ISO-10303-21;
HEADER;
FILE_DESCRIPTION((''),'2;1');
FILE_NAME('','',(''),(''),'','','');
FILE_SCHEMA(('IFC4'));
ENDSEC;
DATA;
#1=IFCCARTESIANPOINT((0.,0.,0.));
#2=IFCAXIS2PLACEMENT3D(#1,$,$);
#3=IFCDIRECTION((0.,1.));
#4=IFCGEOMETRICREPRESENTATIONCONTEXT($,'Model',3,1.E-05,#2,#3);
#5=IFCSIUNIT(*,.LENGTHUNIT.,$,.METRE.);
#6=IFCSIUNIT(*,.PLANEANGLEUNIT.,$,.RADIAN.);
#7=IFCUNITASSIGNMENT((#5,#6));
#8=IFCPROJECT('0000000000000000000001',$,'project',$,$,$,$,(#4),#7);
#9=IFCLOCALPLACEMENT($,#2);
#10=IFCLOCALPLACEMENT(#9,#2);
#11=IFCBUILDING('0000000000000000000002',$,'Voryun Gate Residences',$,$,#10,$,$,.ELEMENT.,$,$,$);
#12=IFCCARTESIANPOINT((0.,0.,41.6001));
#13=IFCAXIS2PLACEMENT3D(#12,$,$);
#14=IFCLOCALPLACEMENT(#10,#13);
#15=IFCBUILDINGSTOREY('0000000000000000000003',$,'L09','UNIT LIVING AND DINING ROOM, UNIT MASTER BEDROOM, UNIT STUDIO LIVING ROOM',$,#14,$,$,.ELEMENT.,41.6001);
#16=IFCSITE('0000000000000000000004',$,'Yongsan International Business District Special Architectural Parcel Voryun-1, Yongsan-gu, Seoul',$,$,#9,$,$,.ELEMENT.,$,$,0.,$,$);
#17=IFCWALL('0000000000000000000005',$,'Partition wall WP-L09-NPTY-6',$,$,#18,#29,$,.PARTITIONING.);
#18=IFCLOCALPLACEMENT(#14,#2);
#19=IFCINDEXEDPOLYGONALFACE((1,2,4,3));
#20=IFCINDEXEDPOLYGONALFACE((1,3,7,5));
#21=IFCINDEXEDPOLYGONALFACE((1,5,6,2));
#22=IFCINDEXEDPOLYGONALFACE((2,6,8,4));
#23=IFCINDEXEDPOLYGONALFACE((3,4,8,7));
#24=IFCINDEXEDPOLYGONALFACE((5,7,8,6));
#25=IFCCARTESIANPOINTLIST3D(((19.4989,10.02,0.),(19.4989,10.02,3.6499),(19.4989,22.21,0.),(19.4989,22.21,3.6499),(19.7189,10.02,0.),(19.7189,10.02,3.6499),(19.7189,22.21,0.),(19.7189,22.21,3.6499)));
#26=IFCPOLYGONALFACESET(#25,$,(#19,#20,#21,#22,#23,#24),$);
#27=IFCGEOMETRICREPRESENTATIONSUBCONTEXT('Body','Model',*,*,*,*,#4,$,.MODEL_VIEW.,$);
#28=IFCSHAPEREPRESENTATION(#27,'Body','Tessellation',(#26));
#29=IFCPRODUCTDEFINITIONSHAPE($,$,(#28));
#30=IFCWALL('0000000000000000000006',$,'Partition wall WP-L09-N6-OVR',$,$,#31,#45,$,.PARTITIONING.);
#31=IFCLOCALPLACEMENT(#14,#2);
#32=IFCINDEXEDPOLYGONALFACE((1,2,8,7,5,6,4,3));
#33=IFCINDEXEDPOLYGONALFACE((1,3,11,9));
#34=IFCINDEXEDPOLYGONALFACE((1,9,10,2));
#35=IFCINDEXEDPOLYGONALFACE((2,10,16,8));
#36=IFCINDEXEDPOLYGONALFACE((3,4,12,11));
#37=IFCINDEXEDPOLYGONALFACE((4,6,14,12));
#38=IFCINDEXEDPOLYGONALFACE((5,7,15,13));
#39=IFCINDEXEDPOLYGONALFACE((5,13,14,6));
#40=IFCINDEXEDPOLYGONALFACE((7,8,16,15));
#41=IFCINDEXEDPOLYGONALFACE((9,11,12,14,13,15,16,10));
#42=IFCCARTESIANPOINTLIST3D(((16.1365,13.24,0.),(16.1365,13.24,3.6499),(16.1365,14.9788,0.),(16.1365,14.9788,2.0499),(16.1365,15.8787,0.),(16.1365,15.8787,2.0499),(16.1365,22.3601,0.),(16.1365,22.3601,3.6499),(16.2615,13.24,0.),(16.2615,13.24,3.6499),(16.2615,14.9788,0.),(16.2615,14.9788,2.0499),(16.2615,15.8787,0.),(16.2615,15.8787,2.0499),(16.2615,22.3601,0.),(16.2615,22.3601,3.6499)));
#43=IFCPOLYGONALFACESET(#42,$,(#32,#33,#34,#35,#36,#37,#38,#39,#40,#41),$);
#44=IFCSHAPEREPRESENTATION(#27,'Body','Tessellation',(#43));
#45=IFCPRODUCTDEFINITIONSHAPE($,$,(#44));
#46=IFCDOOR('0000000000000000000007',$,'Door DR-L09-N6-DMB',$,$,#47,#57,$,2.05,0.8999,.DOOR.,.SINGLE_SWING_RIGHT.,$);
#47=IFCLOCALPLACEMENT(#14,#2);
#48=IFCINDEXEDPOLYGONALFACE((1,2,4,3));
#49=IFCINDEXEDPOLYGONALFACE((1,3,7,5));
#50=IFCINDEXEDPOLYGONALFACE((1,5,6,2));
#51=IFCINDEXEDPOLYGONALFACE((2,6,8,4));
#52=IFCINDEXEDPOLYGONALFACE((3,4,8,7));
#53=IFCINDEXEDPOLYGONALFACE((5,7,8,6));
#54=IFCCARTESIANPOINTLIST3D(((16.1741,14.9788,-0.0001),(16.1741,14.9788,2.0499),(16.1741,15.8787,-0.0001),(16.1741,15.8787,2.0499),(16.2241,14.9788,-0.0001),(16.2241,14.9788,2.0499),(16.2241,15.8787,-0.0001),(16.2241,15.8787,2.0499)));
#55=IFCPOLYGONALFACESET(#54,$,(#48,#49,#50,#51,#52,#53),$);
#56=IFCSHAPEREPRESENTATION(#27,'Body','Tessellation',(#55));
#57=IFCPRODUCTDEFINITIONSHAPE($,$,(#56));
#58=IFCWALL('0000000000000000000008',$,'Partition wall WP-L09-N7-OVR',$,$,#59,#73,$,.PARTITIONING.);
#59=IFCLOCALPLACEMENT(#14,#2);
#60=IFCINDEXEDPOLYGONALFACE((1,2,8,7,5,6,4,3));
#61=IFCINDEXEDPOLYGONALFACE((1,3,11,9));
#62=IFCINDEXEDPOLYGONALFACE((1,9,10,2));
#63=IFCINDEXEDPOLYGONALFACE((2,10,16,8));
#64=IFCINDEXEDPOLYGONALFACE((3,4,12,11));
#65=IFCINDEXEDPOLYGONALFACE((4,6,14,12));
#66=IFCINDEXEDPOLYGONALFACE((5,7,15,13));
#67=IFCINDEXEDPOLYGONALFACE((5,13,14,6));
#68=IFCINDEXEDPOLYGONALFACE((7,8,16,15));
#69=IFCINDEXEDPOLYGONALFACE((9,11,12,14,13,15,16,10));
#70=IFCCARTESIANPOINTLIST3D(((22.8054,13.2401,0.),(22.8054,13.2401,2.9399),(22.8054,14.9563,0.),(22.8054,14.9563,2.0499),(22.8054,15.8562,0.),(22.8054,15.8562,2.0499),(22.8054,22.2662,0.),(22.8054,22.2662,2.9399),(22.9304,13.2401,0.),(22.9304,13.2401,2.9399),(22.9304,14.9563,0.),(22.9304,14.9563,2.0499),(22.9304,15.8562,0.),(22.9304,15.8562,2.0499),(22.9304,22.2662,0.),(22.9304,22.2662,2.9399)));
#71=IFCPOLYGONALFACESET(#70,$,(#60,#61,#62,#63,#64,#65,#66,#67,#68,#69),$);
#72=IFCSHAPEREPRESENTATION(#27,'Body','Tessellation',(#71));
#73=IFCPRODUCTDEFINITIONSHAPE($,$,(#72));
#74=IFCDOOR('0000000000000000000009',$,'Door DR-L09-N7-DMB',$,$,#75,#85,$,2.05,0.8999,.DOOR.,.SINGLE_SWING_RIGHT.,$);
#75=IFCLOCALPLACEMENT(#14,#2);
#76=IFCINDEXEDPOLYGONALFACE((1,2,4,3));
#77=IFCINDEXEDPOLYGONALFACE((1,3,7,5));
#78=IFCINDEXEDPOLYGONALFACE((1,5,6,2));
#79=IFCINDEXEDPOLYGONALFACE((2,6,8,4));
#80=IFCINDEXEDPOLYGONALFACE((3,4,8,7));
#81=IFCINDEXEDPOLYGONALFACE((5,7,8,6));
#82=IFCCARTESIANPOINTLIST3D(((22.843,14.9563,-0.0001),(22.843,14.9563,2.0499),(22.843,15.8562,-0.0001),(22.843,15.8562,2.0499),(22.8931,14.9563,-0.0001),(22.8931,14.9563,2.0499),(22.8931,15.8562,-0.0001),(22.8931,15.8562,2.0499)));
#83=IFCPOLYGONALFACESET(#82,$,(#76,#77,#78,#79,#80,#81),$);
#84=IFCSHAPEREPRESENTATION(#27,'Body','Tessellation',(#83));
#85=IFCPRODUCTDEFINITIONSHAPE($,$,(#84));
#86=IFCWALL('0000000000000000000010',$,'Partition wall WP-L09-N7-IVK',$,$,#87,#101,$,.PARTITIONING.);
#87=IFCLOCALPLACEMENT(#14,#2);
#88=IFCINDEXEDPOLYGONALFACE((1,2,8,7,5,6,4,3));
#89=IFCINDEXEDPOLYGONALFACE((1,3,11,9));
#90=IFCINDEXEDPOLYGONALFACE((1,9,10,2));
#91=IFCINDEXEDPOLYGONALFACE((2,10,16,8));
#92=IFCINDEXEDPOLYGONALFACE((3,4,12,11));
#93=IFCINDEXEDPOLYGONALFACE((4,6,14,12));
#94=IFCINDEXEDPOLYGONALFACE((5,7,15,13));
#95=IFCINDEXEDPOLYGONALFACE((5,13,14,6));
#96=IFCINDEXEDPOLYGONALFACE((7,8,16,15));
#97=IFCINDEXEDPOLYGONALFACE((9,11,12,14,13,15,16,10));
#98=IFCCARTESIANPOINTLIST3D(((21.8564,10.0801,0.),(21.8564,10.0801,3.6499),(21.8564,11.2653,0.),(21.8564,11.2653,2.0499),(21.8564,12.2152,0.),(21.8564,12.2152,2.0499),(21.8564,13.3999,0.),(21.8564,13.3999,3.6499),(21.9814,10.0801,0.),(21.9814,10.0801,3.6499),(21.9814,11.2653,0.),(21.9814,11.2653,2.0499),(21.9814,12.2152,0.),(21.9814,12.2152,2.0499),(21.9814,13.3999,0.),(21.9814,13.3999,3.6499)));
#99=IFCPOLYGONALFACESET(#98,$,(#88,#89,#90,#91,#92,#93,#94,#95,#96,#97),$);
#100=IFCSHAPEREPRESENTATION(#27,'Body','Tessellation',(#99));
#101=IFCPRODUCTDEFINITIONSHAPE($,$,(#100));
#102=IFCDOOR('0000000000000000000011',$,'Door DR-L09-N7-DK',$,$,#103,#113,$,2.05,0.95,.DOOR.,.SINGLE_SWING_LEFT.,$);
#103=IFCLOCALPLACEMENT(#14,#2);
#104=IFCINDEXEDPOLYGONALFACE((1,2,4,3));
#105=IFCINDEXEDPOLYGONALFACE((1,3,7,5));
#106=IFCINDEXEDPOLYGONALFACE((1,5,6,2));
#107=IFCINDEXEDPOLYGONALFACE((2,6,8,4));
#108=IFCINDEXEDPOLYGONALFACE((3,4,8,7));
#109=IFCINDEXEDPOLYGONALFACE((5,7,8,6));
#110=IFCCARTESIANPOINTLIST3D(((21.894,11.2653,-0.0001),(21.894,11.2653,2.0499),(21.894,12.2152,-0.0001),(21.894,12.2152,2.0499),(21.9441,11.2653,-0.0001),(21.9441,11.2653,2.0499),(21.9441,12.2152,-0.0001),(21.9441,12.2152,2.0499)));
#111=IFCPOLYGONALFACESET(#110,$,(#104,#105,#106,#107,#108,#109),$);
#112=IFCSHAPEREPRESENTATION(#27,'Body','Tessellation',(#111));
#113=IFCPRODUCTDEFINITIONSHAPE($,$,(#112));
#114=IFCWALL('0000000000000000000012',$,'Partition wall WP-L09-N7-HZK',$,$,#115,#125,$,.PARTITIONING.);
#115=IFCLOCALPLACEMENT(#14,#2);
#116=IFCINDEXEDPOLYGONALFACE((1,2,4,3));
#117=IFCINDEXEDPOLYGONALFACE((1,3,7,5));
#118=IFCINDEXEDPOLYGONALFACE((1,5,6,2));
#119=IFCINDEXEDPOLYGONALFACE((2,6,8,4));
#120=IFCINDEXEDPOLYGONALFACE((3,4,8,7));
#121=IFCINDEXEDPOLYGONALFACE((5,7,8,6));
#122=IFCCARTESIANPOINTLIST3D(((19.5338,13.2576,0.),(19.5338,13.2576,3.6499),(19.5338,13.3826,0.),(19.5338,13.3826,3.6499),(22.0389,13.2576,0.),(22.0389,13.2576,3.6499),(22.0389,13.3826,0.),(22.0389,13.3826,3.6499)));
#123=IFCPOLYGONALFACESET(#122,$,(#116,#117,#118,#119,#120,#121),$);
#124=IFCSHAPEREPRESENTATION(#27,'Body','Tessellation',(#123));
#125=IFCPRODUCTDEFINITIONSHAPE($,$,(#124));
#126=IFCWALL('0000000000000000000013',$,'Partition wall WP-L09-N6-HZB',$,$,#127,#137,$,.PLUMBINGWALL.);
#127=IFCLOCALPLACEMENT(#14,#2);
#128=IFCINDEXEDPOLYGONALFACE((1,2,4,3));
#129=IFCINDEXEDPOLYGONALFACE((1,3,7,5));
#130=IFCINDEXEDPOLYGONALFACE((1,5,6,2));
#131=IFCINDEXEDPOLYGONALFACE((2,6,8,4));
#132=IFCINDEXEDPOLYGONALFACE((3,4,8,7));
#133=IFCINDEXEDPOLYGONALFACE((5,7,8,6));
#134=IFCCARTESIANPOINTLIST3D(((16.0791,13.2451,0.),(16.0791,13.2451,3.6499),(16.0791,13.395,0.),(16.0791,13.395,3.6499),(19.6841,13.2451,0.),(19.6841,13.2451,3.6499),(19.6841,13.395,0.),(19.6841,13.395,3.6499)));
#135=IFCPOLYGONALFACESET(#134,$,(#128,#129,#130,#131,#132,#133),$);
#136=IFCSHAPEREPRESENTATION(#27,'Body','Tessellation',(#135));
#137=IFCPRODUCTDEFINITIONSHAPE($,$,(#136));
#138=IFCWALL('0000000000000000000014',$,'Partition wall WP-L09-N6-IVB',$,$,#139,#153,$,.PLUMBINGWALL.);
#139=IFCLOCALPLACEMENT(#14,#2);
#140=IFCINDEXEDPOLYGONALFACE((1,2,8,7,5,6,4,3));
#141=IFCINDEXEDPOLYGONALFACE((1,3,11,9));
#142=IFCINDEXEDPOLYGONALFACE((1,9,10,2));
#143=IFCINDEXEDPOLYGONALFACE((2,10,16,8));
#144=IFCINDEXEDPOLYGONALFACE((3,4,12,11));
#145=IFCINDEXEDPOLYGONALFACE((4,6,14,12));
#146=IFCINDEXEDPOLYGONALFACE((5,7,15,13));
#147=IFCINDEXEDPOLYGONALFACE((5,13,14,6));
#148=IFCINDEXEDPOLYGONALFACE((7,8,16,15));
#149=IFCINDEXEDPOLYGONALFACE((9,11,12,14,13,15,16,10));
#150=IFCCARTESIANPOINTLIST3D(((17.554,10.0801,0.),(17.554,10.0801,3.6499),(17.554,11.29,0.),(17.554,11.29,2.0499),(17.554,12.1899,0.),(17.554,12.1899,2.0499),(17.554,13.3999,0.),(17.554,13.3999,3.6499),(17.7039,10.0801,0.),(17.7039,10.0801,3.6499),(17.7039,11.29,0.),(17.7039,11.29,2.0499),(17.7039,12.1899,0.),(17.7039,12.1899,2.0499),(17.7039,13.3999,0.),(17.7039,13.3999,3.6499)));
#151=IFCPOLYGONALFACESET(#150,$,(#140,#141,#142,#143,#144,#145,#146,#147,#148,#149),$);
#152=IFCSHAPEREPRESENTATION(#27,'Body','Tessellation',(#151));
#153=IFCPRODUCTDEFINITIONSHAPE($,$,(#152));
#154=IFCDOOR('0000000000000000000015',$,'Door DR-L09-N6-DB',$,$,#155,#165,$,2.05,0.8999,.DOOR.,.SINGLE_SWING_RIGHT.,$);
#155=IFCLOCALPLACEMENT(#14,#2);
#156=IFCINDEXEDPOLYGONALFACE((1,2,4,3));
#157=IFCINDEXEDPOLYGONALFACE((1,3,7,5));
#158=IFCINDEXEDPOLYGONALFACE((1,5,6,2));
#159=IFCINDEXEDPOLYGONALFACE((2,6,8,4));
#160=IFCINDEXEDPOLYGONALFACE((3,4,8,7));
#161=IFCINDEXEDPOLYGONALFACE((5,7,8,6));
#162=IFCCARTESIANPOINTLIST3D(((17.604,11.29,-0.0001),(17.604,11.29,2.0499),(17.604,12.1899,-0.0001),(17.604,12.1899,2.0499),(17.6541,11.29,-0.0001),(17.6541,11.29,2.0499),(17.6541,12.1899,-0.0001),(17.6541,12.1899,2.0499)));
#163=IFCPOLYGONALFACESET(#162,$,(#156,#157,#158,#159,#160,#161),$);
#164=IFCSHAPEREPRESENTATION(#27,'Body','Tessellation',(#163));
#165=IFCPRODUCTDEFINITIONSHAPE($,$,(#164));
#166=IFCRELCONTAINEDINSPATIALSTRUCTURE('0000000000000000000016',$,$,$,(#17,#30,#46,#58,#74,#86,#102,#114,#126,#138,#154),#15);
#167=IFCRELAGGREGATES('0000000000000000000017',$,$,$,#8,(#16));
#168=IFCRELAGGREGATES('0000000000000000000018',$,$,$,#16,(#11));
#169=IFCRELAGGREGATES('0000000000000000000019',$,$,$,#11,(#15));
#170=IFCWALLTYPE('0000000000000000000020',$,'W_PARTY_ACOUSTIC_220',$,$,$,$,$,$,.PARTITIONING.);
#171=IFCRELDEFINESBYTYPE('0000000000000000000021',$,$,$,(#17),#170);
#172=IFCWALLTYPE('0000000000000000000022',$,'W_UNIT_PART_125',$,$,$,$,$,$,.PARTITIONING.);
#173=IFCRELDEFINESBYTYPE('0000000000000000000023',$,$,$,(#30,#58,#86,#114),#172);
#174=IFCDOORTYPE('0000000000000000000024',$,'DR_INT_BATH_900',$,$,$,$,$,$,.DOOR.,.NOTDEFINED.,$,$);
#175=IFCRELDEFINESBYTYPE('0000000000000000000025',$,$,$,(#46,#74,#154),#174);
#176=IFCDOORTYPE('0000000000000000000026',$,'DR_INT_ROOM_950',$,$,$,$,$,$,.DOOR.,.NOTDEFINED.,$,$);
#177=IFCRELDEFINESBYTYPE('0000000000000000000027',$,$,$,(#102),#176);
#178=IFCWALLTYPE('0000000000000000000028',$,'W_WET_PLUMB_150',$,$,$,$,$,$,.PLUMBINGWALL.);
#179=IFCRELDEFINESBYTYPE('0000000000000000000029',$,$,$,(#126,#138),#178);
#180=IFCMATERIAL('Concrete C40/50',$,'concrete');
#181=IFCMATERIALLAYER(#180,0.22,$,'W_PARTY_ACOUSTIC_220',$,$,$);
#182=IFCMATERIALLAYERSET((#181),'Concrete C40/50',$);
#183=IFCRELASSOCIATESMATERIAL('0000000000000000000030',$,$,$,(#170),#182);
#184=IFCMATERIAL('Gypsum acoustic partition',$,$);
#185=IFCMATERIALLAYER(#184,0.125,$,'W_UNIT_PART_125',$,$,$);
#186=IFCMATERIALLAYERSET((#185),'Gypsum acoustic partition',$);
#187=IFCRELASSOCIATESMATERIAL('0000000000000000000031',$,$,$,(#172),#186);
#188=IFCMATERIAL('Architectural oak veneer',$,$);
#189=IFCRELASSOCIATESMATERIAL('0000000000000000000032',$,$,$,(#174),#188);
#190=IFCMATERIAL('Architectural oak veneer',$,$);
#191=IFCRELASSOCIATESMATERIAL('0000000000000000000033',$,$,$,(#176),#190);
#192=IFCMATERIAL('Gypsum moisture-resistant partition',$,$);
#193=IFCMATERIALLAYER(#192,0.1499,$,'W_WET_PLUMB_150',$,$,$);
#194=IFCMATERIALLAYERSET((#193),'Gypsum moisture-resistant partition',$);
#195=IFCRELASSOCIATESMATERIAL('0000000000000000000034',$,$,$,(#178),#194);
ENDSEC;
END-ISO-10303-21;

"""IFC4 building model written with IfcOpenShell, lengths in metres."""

from ifc_helpers import new_model, si_unit, direction, frame, frame_2d, origin, place, context, subcontext, project, spatial, rectangle, extrude, material, layer, layer_set, type_object, element, fill, save


model = new_model("IFC4")

# Units and contexts
model_context = context("Model", 3, precision=1e-05, world=origin(), true_north=direction((0.0, 1.0)))
body_context = subcontext(model_context, "Body", "Model", "MODEL_VIEW")
ifc_project = project(units=[si_unit("LENGTHUNIT", "METRE"), si_unit("PLANEANGLEUNIT", "RADIAN")], contexts=[model_context])

# Site, building, storey
site_placement = place(None, origin())
site = spatial("IfcSite", under=ifc_project, at=site_placement, Name="Yongsan International Business District Special Architectural Parcel Voryun-1, Yongsan-gu, Seoul", CompositionType="ELEMENT", RefElevation=0.0)
building_placement = place(site_placement, origin())
building = spatial("IfcBuilding", under=site, at=building_placement, Name="Voryun Gate Residences", CompositionType="ELEMENT")
storey_placement = place(building_placement, frame((0.0, 0.0, 41.6001)))
storey = spatial("IfcBuildingStorey", under=building, at=storey_placement, Name="L09", Description="UNIT LIVING AND DINING ROOM, UNIT MASTER BEDROOM, UNIT STUDIO LIVING ROOM", CompositionType="ELEMENT", Elevation=41.6001)

# Wall
ifc_material_1 = material(Name="Concrete C40/50", Category="concrete")
ifc_layer_1 = layer(ifc_material_1, 0.22, Name="W_PARTY_ACOUSTIC_220")
ifc_layer_set_1 = layer_set([ifc_layer_1], Name="Concrete C40/50")
wall_type_1 = type_object("IfcWallType", Name="W_PARTY_ACOUSTIC_220", PredefinedType="PARTITIONING", material=ifc_layer_set_1)
wall_1_placement = place(storey_placement, frame((19.6089, 10.02, 0.0), z_axis=(0.0, 0.0, 1.0), x_axis=(0.0, 1.0, 0.0)))
element("IfcWall", 1, at=wall_1_placement, inside=storey, type_object=wall_type_1, Name="Partition wall WP-L09-NPTY-6", PredefinedType="PARTITIONING", context=body_context, shape_type="SweptSolid", body=[
    extrude(rectangle(XDim=12.1899, YDim=0.22, at=frame_2d((6.095, 0.0))), origin(), (0.0, 0.0, 1.0), 3.6499),
])

# Walls, openings, doors
ifc_material_2 = material(Name="Gypsum acoustic partition")
ifc_layer_2 = layer(ifc_material_2, 0.125, Name="W_UNIT_PART_125")
ifc_layer_set_2 = layer_set([ifc_layer_2], Name="Gypsum acoustic partition")
wall_type_2 = type_object("IfcWallType", Name="W_UNIT_PART_125", PredefinedType="PARTITIONING", material=ifc_layer_set_2)
wall_2_placement = place(storey_placement, frame((16.199, 13.24, 0.0), z_axis=(0.0, 0.0, 1.0), x_axis=(0.0, 1.0, 0.0)))
wall_2 = element("IfcWall", 2, at=wall_2_placement, inside=storey, type_object=wall_type_2, Name="Partition wall WP-L09-N6-OVR", PredefinedType="PARTITIONING", context=body_context, shape_type="SweptSolid", body=[
    extrude(rectangle(XDim=9.1201, YDim=0.125, at=frame_2d((4.5601, 0.0))), origin(), (0.0, 0.0, 1.0), 3.6499),
])
opening_1_placement = place(wall_2_placement, frame((1.7388, 0.0, 0.0)))
opening_1 = element("IfcOpeningElement", 3, at=opening_1_placement, cuts=wall_2, PredefinedType="OPENING", context=body_context, shape_type="SweptSolid", body=[
    extrude(rectangle(XDim=0.8999, YDim=2.05, at=frame_2d((0.45, 1.0249))), frame((0.0, 0.0725, 0.0), z_axis=(0.0, -1.0, 0.0), x_axis=(1.0, 0.0, 0.0)), (0.0, 0.0, 1.0), 0.145),
])
ifc_material_3 = material(Name="Architectural oak veneer")
door_type_1 = type_object("IfcDoorType", Name="DR_INT_BATH_900", OperationType="NOTDEFINED", PredefinedType="DOOR", material=ifc_material_3)
door_1_placement = place(opening_1_placement, origin())
door_1 = element("IfcDoor", 4, at=door_1_placement, inside=storey, type_object=door_type_1, Name="Door DR-L09-N6-DMB", OperationType="SINGLE_SWING_RIGHT", OverallHeight=2.05, OverallWidth=0.8999, PredefinedType="DOOR", context=body_context, shape_type="SweptSolid", body=[
    extrude(rectangle(XDim=0.8999, YDim=2.05, at=frame_2d((0.45, 1.0249))), frame((0.0, 0.0249, 0.0), z_axis=(0.0, -1.0, 0.0), x_axis=(1.0, 0.0, 0.0)), (0.0, 0.0, 1.0), 0.05),
])
fill(opening_1, door_1)
wall_3_placement = place(storey_placement, frame((22.8679, 13.24, 0.0), z_axis=(0.0, 0.0, 1.0), x_axis=(0.0, 1.0, 0.0)))
wall_3 = element("IfcWall", 5, at=wall_3_placement, inside=storey, type_object=wall_type_2, Name="Partition wall WP-L09-N7-OVR", PredefinedType="PARTITIONING", context=body_context, shape_type="SweptSolid", body=[
    extrude(rectangle(XDim=9.0261, YDim=0.125, at=frame_2d((4.5132, 0.0))), origin(), (0.0, 0.0, 1.0), 2.9399),
])
opening_2_placement = place(wall_3_placement, frame((1.7163, 0.0, 0.0)))
opening_2 = element("IfcOpeningElement", 6, at=opening_2_placement, cuts=wall_3, PredefinedType="OPENING", context=body_context, shape_type="SweptSolid", body=[
    extrude(rectangle(XDim=0.8999, YDim=2.05, at=frame_2d((0.45, 1.0249))), frame((0.0, 0.0725, 0.0), z_axis=(0.0, -1.0, 0.0), x_axis=(1.0, 0.0, 0.0)), (0.0, 0.0, 1.0), 0.145),
])
door_2_placement = place(opening_2_placement, origin())
door_2 = element("IfcDoor", 7, at=door_2_placement, inside=storey, type_object=door_type_1, Name="Door DR-L09-N7-DMB", OperationType="SINGLE_SWING_RIGHT", OverallHeight=2.05, OverallWidth=0.8999, PredefinedType="DOOR", context=body_context, shape_type="SweptSolid", body=[
    extrude(rectangle(XDim=0.8999, YDim=2.05, at=frame_2d((0.45, 1.0249))), frame((0.0, 0.0249, 0.0), z_axis=(0.0, -1.0, 0.0), x_axis=(1.0, 0.0, 0.0)), (0.0, 0.0, 1.0), 0.05),
])
fill(opening_2, door_2)
wall_4_placement = place(storey_placement, frame((21.9189, 10.0801, 0.0), z_axis=(0.0, 0.0, 1.0), x_axis=(0.0, 1.0, 0.0)))
wall_4 = element("IfcWall", 8, at=wall_4_placement, inside=storey, type_object=wall_type_2, Name="Partition wall WP-L09-N7-IVK", PredefinedType="PARTITIONING", context=body_context, shape_type="SweptSolid", body=[
    extrude(rectangle(XDim=3.3198, YDim=0.125, at=frame_2d((1.6599, 0.0))), origin(), (0.0, 0.0, 1.0), 3.6499),
])
opening_3_placement = place(wall_4_placement, frame((1.1851, 0.0, 0.0)))
opening_3 = element("IfcOpeningElement", 9, at=opening_3_placement, cuts=wall_4, PredefinedType="OPENING", context=body_context, shape_type="SweptSolid", body=[
    extrude(rectangle(XDim=0.95, YDim=2.05, at=frame_2d((0.4751, 1.0249))), frame((0.0, 0.0725, 0.0), z_axis=(0.0, -1.0, 0.0), x_axis=(1.0, 0.0, 0.0)), (0.0, 0.0, 1.0), 0.145),
])
ifc_material_4 = material(Name="Architectural oak veneer")
door_type_2 = type_object("IfcDoorType", Name="DR_INT_ROOM_950", OperationType="NOTDEFINED", PredefinedType="DOOR", material=ifc_material_4)
door_3_placement = place(opening_3_placement, origin())
door_3 = element("IfcDoor", 10, at=door_3_placement, inside=storey, type_object=door_type_2, Name="Door DR-L09-N7-DK", OperationType="SINGLE_SWING_LEFT", OverallHeight=2.05, OverallWidth=0.95, PredefinedType="DOOR", context=body_context, shape_type="SweptSolid", body=[
    extrude(rectangle(XDim=0.95, YDim=2.05, at=frame_2d((0.4751, 1.0249))), frame((0.0, 0.0249, 0.0), z_axis=(0.0, -1.0, 0.0), x_axis=(1.0, 0.0, 0.0)), (0.0, 0.0, 1.0), 0.05),
])
fill(opening_3, door_3)

# Walls
wall_5_placement = place(storey_placement, frame((19.5339, 13.3201, 0.0), z_axis=(0.0, 0.0, 1.0), x_axis=(1.0, 0.0, 0.0)))
element("IfcWall", 11, at=wall_5_placement, inside=storey, type_object=wall_type_2, Name="Partition wall WP-L09-N7-HZK", PredefinedType="PARTITIONING", context=body_context, shape_type="SweptSolid", body=[
    extrude(rectangle(XDim=2.5051, YDim=0.125, at=frame_2d((1.2524, 0.0))), origin(), (0.0, 0.0, 1.0), 3.6499),
])
ifc_material_5 = material(Name="Gypsum moisture-resistant partition")
ifc_layer_3 = layer(ifc_material_5, 0.1499, Name="W_WET_PLUMB_150")
ifc_layer_set_3 = layer_set([ifc_layer_3], Name="Gypsum moisture-resistant partition")
wall_type_3 = type_object("IfcWallType", Name="W_WET_PLUMB_150", PredefinedType="PLUMBINGWALL", material=ifc_layer_set_3)
wall_6_placement = place(storey_placement, frame((16.0791, 13.3201, 0.0), z_axis=(0.0, 0.0, 1.0), x_axis=(1.0, 0.0, 0.0)))
element("IfcWall", 12, at=wall_6_placement, inside=storey, type_object=wall_type_3, Name="Partition wall WP-L09-N6-HZB", PredefinedType="PLUMBINGWALL", context=body_context, shape_type="SweptSolid", body=[
    extrude(rectangle(XDim=3.605, YDim=0.1499, at=frame_2d((1.8025, 0.0))), origin(), (0.0, 0.0, 1.0), 3.6499),
])

# Wall, opening, door
wall_7_placement = place(storey_placement, frame((17.6289, 10.0801, 0.0), z_axis=(0.0, 0.0, 1.0), x_axis=(0.0, 1.0, 0.0)))
wall_7 = element("IfcWall", 13, at=wall_7_placement, inside=storey, type_object=wall_type_3, Name="Partition wall WP-L09-N6-IVB", PredefinedType="PLUMBINGWALL", context=body_context, shape_type="SweptSolid", body=[
    extrude(rectangle(XDim=3.3198, YDim=0.1499, at=frame_2d((1.6599, 0.0))), origin(), (0.0, 0.0, 1.0), 3.6499),
])
opening_4_placement = place(wall_7_placement, frame((1.21, 0.0, 0.0)))
opening_4 = element("IfcOpeningElement", 14, at=opening_4_placement, cuts=wall_7, PredefinedType="OPENING", context=body_context, shape_type="SweptSolid", body=[
    extrude(rectangle(XDim=0.8999, YDim=2.05, at=frame_2d((0.45, 1.0249))), frame((0.0, 0.085, 0.0), z_axis=(0.0, -1.0, 0.0), x_axis=(1.0, 0.0, 0.0)), (0.0, 0.0, 1.0), 0.1699),
])
door_4_placement = place(opening_4_placement, origin())
door_4 = element("IfcDoor", 15, at=door_4_placement, inside=storey, type_object=door_type_1, Name="Door DR-L09-N6-DB", OperationType="SINGLE_SWING_RIGHT", OverallHeight=2.05, OverallWidth=0.8999, PredefinedType="DOOR", context=body_context, shape_type="SweptSolid", body=[
    extrude(rectangle(XDim=0.8999, YDim=2.05, at=frame_2d((0.45, 1.0249))), frame((0.0, 0.0249, 0.0), z_axis=(0.0, -1.0, 0.0), x_axis=(1.0, 0.0, 0.0)), (0.0, 0.0, 1.0), 0.05),
])
fill(opening_4, door_4)

save(model, "model.ifc")
